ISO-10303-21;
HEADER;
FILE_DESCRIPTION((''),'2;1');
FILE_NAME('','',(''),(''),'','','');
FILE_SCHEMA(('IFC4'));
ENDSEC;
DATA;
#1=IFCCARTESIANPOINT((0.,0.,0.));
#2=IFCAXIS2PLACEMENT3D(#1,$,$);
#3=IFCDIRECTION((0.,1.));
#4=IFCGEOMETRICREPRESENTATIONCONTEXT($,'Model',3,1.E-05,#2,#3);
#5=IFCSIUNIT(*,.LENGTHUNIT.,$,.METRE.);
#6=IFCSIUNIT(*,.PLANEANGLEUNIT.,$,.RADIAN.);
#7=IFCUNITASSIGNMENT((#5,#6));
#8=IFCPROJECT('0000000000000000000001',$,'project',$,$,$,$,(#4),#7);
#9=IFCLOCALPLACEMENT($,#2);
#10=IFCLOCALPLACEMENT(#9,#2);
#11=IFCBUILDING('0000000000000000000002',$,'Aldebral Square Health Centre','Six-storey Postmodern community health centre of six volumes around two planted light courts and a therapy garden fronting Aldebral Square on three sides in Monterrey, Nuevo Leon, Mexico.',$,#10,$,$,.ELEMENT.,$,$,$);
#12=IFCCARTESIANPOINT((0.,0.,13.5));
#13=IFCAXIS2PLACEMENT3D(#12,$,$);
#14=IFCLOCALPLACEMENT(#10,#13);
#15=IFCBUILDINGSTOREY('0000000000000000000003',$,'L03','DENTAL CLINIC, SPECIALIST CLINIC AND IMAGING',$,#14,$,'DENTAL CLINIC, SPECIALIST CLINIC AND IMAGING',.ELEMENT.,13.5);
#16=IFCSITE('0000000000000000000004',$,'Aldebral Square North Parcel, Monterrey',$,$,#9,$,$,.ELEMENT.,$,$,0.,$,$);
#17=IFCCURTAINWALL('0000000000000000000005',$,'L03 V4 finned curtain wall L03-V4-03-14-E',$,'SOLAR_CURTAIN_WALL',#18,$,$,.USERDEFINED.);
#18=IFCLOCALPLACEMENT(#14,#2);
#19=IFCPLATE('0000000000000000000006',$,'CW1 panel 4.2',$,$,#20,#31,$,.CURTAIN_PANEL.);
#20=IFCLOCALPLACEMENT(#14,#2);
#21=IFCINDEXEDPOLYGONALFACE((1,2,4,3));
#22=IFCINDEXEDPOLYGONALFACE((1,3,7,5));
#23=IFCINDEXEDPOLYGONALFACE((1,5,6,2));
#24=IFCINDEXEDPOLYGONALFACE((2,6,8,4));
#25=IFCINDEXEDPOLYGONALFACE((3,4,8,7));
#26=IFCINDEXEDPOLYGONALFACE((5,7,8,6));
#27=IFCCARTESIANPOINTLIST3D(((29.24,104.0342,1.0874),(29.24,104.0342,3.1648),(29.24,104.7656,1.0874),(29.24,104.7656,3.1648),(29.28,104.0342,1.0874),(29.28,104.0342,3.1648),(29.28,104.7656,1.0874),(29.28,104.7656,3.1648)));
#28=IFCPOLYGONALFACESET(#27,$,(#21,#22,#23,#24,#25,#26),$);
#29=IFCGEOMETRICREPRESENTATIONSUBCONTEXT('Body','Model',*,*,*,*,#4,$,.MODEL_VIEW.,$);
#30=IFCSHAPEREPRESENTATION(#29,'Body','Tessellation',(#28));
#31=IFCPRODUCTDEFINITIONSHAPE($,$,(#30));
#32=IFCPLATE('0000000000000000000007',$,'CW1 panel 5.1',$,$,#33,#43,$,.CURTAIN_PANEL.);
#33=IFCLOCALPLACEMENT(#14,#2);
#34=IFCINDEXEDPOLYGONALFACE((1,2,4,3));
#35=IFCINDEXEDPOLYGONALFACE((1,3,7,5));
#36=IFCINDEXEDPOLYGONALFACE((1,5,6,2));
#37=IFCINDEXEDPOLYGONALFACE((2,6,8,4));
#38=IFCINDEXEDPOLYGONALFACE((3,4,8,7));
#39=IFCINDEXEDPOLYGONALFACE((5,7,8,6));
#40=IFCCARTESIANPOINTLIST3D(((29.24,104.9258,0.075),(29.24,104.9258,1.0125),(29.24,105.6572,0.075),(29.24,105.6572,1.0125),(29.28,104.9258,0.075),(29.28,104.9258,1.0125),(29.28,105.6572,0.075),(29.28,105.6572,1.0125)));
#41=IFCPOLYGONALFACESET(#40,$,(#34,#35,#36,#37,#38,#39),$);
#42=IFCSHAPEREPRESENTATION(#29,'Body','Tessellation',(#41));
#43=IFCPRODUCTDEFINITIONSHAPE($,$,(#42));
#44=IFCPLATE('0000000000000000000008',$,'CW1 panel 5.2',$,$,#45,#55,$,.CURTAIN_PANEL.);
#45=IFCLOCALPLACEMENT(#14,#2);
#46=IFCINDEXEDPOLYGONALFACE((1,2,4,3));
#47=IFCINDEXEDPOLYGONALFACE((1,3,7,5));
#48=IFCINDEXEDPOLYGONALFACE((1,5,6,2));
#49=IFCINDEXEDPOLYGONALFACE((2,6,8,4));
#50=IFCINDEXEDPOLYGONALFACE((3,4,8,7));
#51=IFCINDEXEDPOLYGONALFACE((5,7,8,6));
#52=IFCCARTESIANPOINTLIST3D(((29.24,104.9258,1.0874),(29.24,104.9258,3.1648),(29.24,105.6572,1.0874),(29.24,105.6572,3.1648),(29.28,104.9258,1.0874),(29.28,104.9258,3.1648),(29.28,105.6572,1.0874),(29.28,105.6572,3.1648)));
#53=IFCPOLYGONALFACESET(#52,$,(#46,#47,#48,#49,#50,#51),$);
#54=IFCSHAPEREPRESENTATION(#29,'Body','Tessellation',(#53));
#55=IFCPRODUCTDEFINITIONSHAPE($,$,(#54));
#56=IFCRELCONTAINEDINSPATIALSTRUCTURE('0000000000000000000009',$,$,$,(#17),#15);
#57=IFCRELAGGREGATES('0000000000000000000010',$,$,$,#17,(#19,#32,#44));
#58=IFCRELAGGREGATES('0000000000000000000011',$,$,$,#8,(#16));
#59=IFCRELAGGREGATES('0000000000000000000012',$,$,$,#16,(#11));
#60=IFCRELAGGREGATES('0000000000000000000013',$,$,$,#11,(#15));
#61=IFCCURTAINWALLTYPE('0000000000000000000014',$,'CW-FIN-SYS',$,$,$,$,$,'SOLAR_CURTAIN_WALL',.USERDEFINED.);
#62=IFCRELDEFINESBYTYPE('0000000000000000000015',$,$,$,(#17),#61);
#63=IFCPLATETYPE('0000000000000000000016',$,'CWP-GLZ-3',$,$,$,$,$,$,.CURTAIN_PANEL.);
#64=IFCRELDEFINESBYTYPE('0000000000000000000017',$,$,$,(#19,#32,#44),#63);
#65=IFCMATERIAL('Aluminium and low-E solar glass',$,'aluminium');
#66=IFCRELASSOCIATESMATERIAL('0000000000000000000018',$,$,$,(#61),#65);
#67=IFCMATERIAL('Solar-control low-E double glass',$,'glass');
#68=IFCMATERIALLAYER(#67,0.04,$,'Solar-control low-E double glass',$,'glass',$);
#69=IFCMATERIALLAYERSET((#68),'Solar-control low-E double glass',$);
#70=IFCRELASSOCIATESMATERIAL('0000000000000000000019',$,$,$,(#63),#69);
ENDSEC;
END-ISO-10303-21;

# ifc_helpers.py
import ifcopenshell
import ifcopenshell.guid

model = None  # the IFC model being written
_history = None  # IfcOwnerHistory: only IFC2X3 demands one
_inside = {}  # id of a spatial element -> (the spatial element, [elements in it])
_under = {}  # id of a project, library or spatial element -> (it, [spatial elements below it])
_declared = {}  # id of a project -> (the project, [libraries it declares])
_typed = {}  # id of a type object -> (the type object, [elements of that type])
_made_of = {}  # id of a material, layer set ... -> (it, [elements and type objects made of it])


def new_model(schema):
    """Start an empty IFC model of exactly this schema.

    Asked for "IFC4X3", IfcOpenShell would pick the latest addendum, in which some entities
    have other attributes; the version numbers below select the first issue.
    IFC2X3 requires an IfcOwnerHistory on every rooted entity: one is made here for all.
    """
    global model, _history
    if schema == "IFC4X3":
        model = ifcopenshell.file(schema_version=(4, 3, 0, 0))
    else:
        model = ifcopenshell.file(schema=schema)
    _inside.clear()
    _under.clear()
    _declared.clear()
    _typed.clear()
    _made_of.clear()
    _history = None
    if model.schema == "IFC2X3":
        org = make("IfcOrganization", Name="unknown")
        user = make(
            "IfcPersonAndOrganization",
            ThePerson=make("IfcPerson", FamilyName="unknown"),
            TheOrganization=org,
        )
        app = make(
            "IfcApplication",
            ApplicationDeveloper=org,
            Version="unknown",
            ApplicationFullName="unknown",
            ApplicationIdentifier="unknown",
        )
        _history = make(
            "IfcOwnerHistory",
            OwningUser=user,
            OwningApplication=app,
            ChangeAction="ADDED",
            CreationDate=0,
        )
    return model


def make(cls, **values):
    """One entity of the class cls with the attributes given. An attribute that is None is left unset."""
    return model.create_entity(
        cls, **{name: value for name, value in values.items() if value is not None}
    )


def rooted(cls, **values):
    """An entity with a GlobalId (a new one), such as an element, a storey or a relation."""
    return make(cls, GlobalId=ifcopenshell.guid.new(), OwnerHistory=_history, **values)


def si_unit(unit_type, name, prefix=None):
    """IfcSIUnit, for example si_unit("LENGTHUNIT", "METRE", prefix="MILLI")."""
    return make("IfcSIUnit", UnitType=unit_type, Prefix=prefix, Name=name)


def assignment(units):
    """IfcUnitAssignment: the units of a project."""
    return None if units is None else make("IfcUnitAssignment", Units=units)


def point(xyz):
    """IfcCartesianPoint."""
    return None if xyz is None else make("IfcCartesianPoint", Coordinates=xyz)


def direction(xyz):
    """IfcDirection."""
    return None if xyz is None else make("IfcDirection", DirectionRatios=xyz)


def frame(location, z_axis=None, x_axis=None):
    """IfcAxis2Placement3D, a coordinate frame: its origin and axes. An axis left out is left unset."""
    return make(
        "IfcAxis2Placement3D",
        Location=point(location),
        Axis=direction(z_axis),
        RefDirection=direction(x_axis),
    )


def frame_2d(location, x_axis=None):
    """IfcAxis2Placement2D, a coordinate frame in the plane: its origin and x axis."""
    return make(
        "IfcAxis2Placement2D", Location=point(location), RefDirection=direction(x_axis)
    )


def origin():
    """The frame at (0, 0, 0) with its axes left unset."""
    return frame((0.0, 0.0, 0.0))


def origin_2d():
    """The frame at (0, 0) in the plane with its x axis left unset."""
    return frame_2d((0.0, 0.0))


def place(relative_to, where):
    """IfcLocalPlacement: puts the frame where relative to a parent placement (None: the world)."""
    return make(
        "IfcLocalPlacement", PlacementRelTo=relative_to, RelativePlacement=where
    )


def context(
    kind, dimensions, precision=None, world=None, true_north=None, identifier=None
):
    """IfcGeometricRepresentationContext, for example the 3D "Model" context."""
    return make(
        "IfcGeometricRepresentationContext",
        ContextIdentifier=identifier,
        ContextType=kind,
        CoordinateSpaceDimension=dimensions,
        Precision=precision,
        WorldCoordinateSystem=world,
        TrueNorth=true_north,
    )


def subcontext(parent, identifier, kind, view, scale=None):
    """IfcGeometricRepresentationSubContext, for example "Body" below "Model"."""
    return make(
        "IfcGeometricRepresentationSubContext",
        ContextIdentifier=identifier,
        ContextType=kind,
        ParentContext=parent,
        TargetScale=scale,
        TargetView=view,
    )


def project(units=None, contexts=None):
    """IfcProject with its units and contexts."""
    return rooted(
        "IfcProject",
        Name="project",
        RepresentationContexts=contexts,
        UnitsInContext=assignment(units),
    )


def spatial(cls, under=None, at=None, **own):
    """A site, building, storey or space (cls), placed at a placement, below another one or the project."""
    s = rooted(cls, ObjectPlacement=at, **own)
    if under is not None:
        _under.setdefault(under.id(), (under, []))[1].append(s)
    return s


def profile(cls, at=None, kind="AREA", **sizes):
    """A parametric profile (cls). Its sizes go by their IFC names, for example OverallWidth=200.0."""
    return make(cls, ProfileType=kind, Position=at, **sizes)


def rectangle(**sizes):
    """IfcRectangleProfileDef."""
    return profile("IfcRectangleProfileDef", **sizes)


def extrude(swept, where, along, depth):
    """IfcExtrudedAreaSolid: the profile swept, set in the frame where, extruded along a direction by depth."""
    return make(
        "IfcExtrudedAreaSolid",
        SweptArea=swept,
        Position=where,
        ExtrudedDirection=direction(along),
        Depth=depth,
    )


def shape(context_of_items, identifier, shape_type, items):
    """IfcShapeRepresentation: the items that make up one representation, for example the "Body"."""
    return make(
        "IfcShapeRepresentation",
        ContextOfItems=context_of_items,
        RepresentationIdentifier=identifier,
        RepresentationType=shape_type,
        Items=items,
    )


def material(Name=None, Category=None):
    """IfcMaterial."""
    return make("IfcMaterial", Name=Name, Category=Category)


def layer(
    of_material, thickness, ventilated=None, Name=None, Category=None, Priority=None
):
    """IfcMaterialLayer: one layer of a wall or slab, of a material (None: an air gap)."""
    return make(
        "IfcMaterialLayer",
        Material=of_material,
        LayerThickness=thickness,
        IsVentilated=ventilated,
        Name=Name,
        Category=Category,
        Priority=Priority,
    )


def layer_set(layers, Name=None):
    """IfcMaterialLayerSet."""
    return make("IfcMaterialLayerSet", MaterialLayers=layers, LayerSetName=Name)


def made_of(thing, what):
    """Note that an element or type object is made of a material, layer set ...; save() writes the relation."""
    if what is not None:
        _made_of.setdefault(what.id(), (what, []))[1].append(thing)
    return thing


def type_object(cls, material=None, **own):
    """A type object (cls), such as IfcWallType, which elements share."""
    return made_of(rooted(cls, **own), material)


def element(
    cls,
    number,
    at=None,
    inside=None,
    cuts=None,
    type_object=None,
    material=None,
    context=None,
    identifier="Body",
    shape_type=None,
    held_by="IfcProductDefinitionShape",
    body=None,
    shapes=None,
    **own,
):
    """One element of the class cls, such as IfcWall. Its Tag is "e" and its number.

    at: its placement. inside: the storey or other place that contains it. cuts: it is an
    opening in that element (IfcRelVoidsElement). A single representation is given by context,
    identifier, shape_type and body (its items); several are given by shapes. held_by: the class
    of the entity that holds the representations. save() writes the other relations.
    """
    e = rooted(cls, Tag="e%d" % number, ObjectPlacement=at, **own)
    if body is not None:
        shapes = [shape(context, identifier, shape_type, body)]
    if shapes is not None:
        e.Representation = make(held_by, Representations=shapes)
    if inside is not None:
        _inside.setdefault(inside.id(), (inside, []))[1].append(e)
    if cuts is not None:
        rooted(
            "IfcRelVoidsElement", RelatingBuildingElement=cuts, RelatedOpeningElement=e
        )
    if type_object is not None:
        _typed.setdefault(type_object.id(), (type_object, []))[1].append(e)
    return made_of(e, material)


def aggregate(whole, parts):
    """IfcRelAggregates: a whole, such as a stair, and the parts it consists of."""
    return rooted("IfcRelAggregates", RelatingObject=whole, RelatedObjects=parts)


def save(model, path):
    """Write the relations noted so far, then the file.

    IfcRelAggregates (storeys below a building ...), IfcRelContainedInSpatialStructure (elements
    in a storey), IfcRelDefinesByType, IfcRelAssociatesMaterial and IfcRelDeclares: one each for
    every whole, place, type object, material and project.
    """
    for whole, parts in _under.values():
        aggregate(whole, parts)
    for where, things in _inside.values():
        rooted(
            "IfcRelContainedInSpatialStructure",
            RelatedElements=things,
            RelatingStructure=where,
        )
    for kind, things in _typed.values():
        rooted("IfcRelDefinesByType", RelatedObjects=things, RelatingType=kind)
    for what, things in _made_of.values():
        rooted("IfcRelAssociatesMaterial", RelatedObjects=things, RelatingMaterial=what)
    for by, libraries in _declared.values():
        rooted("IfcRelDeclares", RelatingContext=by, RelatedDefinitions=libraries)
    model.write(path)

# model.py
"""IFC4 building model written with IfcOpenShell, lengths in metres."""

from ifc_helpers import new_model, si_unit, direction, frame, origin, origin_2d, place, context, subcontext, project, spatial, rectangle, extrude, material, layer, layer_set, type_object, element, aggregate, save


model = new_model("IFC4")

# Units and contexts
model_context = context("Model", 3, precision=1e-05, world=origin(), true_north=direction((0.0, 1.0)))
body_context = subcontext(model_context, "Body", "Model", "MODEL_VIEW")
ifc_project = project(units=[si_unit("LENGTHUNIT", "METRE"), si_unit("PLANEANGLEUNIT", "RADIAN")], contexts=[model_context])

# Site, building, storey
site_placement = place(None, origin())
site = spatial("IfcSite", under=ifc_project, at=site_placement, Name="Aldebral Square North Parcel, Monterrey", CompositionType="ELEMENT", RefElevation=0.0)
building_placement = place(site_placement, origin())
building = spatial("IfcBuilding", under=site, at=building_placement, Name="Aldebral Square Health Centre", Description="Six-storey Postmodern community health centre of six volumes around two planted light courts and a therapy garden fronting Aldebral Square on three sides in Monterrey, Nuevo Leon, Mexico.", CompositionType="ELEMENT")
storey_placement = place(building_placement, frame((0.0, 0.0, 13.5)))
storey = spatial("IfcBuildingStorey", under=building, at=storey_placement, Name="L03", Description="DENTAL CLINIC, SPECIALIST CLINIC AND IMAGING", LongName="DENTAL CLINIC, SPECIALIST CLINIC AND IMAGING", CompositionType="ELEMENT", Elevation=13.5)

# Curtain wall, plates
ifc_material_1 = material(Name="Aluminium and low-E solar glass", Category="aluminium")
curtain_wall_type = type_object("IfcCurtainWallType", Name="CW-FIN-SYS", ElementType="SOLAR_CURTAIN_WALL", PredefinedType="USERDEFINED", material=ifc_material_1)
curtain_wall_placement = place(storey_placement, origin())
curtain_wall = element("IfcCurtainWall", 1, at=curtain_wall_placement, inside=storey, type_object=curtain_wall_type, Name="L03 V4 finned curtain wall L03-V4-03-14-E", ObjectType="SOLAR_CURTAIN_WALL", PredefinedType="USERDEFINED")
ifc_material_2 = material(Name="Solar-control low-E double glass", Category="glass")
ifc_layer = layer(ifc_material_2, 0.04, Name="Solar-control low-E double glass", Category="glass")
ifc_layer_set = layer_set([ifc_layer], Name="Solar-control low-E double glass")
plate_type = type_object("IfcPlateType", Name="CWP-GLZ-3", PredefinedType="CURTAIN_PANEL", material=ifc_layer_set)
plate_1_placement = place(storey_placement, frame((29.26, 104.3999, 1.0874), z_axis=(0.0, 0.0, 1.0), x_axis=(0.0, 1.0, 0.0)))
plate_1 = element("IfcPlate", 2, at=plate_1_placement, type_object=plate_type, Name="CW1 panel 4.2", PredefinedType="CURTAIN_PANEL", context=body_context, shape_type="SweptSolid", body=[
    extrude(rectangle(XDim=0.7314, YDim=0.04, at=origin_2d()), origin(), (0.0, 0.0, 1.0), 2.0774),
])
plate_2_placement = place(storey_placement, frame((29.26, 105.2915, 0.075), z_axis=(0.0, 0.0, 1.0), x_axis=(0.0, 1.0, 0.0)))
plate_2 = element("IfcPlate", 3, at=plate_2_placement, type_object=plate_type, Name="CW1 panel 5.1", PredefinedType="CURTAIN_PANEL", context=body_context, shape_type="SweptSolid", body=[
    extrude(rectangle(XDim=0.7314, YDim=0.04, at=origin_2d()), origin(), (0.0, 0.0, 1.0), 0.9375),
])
plate_3_placement = place(storey_placement, frame((29.26, 105.2915, 1.0874), z_axis=(0.0, 0.0, 1.0), x_axis=(0.0, 1.0, 0.0)))
plate_3 = element("IfcPlate", 4, at=plate_3_placement, type_object=plate_type, Name="CW1 panel 5.2", PredefinedType="CURTAIN_PANEL", context=body_context, shape_type="SweptSolid", body=[
    extrude(rectangle(XDim=0.7314, YDim=0.04, at=origin_2d()), origin(), (0.0, 0.0, 1.0), 2.0774),
])
aggregate(curtain_wall, [plate_1, plate_2, plate_3])

save(model, "model.ifc")
